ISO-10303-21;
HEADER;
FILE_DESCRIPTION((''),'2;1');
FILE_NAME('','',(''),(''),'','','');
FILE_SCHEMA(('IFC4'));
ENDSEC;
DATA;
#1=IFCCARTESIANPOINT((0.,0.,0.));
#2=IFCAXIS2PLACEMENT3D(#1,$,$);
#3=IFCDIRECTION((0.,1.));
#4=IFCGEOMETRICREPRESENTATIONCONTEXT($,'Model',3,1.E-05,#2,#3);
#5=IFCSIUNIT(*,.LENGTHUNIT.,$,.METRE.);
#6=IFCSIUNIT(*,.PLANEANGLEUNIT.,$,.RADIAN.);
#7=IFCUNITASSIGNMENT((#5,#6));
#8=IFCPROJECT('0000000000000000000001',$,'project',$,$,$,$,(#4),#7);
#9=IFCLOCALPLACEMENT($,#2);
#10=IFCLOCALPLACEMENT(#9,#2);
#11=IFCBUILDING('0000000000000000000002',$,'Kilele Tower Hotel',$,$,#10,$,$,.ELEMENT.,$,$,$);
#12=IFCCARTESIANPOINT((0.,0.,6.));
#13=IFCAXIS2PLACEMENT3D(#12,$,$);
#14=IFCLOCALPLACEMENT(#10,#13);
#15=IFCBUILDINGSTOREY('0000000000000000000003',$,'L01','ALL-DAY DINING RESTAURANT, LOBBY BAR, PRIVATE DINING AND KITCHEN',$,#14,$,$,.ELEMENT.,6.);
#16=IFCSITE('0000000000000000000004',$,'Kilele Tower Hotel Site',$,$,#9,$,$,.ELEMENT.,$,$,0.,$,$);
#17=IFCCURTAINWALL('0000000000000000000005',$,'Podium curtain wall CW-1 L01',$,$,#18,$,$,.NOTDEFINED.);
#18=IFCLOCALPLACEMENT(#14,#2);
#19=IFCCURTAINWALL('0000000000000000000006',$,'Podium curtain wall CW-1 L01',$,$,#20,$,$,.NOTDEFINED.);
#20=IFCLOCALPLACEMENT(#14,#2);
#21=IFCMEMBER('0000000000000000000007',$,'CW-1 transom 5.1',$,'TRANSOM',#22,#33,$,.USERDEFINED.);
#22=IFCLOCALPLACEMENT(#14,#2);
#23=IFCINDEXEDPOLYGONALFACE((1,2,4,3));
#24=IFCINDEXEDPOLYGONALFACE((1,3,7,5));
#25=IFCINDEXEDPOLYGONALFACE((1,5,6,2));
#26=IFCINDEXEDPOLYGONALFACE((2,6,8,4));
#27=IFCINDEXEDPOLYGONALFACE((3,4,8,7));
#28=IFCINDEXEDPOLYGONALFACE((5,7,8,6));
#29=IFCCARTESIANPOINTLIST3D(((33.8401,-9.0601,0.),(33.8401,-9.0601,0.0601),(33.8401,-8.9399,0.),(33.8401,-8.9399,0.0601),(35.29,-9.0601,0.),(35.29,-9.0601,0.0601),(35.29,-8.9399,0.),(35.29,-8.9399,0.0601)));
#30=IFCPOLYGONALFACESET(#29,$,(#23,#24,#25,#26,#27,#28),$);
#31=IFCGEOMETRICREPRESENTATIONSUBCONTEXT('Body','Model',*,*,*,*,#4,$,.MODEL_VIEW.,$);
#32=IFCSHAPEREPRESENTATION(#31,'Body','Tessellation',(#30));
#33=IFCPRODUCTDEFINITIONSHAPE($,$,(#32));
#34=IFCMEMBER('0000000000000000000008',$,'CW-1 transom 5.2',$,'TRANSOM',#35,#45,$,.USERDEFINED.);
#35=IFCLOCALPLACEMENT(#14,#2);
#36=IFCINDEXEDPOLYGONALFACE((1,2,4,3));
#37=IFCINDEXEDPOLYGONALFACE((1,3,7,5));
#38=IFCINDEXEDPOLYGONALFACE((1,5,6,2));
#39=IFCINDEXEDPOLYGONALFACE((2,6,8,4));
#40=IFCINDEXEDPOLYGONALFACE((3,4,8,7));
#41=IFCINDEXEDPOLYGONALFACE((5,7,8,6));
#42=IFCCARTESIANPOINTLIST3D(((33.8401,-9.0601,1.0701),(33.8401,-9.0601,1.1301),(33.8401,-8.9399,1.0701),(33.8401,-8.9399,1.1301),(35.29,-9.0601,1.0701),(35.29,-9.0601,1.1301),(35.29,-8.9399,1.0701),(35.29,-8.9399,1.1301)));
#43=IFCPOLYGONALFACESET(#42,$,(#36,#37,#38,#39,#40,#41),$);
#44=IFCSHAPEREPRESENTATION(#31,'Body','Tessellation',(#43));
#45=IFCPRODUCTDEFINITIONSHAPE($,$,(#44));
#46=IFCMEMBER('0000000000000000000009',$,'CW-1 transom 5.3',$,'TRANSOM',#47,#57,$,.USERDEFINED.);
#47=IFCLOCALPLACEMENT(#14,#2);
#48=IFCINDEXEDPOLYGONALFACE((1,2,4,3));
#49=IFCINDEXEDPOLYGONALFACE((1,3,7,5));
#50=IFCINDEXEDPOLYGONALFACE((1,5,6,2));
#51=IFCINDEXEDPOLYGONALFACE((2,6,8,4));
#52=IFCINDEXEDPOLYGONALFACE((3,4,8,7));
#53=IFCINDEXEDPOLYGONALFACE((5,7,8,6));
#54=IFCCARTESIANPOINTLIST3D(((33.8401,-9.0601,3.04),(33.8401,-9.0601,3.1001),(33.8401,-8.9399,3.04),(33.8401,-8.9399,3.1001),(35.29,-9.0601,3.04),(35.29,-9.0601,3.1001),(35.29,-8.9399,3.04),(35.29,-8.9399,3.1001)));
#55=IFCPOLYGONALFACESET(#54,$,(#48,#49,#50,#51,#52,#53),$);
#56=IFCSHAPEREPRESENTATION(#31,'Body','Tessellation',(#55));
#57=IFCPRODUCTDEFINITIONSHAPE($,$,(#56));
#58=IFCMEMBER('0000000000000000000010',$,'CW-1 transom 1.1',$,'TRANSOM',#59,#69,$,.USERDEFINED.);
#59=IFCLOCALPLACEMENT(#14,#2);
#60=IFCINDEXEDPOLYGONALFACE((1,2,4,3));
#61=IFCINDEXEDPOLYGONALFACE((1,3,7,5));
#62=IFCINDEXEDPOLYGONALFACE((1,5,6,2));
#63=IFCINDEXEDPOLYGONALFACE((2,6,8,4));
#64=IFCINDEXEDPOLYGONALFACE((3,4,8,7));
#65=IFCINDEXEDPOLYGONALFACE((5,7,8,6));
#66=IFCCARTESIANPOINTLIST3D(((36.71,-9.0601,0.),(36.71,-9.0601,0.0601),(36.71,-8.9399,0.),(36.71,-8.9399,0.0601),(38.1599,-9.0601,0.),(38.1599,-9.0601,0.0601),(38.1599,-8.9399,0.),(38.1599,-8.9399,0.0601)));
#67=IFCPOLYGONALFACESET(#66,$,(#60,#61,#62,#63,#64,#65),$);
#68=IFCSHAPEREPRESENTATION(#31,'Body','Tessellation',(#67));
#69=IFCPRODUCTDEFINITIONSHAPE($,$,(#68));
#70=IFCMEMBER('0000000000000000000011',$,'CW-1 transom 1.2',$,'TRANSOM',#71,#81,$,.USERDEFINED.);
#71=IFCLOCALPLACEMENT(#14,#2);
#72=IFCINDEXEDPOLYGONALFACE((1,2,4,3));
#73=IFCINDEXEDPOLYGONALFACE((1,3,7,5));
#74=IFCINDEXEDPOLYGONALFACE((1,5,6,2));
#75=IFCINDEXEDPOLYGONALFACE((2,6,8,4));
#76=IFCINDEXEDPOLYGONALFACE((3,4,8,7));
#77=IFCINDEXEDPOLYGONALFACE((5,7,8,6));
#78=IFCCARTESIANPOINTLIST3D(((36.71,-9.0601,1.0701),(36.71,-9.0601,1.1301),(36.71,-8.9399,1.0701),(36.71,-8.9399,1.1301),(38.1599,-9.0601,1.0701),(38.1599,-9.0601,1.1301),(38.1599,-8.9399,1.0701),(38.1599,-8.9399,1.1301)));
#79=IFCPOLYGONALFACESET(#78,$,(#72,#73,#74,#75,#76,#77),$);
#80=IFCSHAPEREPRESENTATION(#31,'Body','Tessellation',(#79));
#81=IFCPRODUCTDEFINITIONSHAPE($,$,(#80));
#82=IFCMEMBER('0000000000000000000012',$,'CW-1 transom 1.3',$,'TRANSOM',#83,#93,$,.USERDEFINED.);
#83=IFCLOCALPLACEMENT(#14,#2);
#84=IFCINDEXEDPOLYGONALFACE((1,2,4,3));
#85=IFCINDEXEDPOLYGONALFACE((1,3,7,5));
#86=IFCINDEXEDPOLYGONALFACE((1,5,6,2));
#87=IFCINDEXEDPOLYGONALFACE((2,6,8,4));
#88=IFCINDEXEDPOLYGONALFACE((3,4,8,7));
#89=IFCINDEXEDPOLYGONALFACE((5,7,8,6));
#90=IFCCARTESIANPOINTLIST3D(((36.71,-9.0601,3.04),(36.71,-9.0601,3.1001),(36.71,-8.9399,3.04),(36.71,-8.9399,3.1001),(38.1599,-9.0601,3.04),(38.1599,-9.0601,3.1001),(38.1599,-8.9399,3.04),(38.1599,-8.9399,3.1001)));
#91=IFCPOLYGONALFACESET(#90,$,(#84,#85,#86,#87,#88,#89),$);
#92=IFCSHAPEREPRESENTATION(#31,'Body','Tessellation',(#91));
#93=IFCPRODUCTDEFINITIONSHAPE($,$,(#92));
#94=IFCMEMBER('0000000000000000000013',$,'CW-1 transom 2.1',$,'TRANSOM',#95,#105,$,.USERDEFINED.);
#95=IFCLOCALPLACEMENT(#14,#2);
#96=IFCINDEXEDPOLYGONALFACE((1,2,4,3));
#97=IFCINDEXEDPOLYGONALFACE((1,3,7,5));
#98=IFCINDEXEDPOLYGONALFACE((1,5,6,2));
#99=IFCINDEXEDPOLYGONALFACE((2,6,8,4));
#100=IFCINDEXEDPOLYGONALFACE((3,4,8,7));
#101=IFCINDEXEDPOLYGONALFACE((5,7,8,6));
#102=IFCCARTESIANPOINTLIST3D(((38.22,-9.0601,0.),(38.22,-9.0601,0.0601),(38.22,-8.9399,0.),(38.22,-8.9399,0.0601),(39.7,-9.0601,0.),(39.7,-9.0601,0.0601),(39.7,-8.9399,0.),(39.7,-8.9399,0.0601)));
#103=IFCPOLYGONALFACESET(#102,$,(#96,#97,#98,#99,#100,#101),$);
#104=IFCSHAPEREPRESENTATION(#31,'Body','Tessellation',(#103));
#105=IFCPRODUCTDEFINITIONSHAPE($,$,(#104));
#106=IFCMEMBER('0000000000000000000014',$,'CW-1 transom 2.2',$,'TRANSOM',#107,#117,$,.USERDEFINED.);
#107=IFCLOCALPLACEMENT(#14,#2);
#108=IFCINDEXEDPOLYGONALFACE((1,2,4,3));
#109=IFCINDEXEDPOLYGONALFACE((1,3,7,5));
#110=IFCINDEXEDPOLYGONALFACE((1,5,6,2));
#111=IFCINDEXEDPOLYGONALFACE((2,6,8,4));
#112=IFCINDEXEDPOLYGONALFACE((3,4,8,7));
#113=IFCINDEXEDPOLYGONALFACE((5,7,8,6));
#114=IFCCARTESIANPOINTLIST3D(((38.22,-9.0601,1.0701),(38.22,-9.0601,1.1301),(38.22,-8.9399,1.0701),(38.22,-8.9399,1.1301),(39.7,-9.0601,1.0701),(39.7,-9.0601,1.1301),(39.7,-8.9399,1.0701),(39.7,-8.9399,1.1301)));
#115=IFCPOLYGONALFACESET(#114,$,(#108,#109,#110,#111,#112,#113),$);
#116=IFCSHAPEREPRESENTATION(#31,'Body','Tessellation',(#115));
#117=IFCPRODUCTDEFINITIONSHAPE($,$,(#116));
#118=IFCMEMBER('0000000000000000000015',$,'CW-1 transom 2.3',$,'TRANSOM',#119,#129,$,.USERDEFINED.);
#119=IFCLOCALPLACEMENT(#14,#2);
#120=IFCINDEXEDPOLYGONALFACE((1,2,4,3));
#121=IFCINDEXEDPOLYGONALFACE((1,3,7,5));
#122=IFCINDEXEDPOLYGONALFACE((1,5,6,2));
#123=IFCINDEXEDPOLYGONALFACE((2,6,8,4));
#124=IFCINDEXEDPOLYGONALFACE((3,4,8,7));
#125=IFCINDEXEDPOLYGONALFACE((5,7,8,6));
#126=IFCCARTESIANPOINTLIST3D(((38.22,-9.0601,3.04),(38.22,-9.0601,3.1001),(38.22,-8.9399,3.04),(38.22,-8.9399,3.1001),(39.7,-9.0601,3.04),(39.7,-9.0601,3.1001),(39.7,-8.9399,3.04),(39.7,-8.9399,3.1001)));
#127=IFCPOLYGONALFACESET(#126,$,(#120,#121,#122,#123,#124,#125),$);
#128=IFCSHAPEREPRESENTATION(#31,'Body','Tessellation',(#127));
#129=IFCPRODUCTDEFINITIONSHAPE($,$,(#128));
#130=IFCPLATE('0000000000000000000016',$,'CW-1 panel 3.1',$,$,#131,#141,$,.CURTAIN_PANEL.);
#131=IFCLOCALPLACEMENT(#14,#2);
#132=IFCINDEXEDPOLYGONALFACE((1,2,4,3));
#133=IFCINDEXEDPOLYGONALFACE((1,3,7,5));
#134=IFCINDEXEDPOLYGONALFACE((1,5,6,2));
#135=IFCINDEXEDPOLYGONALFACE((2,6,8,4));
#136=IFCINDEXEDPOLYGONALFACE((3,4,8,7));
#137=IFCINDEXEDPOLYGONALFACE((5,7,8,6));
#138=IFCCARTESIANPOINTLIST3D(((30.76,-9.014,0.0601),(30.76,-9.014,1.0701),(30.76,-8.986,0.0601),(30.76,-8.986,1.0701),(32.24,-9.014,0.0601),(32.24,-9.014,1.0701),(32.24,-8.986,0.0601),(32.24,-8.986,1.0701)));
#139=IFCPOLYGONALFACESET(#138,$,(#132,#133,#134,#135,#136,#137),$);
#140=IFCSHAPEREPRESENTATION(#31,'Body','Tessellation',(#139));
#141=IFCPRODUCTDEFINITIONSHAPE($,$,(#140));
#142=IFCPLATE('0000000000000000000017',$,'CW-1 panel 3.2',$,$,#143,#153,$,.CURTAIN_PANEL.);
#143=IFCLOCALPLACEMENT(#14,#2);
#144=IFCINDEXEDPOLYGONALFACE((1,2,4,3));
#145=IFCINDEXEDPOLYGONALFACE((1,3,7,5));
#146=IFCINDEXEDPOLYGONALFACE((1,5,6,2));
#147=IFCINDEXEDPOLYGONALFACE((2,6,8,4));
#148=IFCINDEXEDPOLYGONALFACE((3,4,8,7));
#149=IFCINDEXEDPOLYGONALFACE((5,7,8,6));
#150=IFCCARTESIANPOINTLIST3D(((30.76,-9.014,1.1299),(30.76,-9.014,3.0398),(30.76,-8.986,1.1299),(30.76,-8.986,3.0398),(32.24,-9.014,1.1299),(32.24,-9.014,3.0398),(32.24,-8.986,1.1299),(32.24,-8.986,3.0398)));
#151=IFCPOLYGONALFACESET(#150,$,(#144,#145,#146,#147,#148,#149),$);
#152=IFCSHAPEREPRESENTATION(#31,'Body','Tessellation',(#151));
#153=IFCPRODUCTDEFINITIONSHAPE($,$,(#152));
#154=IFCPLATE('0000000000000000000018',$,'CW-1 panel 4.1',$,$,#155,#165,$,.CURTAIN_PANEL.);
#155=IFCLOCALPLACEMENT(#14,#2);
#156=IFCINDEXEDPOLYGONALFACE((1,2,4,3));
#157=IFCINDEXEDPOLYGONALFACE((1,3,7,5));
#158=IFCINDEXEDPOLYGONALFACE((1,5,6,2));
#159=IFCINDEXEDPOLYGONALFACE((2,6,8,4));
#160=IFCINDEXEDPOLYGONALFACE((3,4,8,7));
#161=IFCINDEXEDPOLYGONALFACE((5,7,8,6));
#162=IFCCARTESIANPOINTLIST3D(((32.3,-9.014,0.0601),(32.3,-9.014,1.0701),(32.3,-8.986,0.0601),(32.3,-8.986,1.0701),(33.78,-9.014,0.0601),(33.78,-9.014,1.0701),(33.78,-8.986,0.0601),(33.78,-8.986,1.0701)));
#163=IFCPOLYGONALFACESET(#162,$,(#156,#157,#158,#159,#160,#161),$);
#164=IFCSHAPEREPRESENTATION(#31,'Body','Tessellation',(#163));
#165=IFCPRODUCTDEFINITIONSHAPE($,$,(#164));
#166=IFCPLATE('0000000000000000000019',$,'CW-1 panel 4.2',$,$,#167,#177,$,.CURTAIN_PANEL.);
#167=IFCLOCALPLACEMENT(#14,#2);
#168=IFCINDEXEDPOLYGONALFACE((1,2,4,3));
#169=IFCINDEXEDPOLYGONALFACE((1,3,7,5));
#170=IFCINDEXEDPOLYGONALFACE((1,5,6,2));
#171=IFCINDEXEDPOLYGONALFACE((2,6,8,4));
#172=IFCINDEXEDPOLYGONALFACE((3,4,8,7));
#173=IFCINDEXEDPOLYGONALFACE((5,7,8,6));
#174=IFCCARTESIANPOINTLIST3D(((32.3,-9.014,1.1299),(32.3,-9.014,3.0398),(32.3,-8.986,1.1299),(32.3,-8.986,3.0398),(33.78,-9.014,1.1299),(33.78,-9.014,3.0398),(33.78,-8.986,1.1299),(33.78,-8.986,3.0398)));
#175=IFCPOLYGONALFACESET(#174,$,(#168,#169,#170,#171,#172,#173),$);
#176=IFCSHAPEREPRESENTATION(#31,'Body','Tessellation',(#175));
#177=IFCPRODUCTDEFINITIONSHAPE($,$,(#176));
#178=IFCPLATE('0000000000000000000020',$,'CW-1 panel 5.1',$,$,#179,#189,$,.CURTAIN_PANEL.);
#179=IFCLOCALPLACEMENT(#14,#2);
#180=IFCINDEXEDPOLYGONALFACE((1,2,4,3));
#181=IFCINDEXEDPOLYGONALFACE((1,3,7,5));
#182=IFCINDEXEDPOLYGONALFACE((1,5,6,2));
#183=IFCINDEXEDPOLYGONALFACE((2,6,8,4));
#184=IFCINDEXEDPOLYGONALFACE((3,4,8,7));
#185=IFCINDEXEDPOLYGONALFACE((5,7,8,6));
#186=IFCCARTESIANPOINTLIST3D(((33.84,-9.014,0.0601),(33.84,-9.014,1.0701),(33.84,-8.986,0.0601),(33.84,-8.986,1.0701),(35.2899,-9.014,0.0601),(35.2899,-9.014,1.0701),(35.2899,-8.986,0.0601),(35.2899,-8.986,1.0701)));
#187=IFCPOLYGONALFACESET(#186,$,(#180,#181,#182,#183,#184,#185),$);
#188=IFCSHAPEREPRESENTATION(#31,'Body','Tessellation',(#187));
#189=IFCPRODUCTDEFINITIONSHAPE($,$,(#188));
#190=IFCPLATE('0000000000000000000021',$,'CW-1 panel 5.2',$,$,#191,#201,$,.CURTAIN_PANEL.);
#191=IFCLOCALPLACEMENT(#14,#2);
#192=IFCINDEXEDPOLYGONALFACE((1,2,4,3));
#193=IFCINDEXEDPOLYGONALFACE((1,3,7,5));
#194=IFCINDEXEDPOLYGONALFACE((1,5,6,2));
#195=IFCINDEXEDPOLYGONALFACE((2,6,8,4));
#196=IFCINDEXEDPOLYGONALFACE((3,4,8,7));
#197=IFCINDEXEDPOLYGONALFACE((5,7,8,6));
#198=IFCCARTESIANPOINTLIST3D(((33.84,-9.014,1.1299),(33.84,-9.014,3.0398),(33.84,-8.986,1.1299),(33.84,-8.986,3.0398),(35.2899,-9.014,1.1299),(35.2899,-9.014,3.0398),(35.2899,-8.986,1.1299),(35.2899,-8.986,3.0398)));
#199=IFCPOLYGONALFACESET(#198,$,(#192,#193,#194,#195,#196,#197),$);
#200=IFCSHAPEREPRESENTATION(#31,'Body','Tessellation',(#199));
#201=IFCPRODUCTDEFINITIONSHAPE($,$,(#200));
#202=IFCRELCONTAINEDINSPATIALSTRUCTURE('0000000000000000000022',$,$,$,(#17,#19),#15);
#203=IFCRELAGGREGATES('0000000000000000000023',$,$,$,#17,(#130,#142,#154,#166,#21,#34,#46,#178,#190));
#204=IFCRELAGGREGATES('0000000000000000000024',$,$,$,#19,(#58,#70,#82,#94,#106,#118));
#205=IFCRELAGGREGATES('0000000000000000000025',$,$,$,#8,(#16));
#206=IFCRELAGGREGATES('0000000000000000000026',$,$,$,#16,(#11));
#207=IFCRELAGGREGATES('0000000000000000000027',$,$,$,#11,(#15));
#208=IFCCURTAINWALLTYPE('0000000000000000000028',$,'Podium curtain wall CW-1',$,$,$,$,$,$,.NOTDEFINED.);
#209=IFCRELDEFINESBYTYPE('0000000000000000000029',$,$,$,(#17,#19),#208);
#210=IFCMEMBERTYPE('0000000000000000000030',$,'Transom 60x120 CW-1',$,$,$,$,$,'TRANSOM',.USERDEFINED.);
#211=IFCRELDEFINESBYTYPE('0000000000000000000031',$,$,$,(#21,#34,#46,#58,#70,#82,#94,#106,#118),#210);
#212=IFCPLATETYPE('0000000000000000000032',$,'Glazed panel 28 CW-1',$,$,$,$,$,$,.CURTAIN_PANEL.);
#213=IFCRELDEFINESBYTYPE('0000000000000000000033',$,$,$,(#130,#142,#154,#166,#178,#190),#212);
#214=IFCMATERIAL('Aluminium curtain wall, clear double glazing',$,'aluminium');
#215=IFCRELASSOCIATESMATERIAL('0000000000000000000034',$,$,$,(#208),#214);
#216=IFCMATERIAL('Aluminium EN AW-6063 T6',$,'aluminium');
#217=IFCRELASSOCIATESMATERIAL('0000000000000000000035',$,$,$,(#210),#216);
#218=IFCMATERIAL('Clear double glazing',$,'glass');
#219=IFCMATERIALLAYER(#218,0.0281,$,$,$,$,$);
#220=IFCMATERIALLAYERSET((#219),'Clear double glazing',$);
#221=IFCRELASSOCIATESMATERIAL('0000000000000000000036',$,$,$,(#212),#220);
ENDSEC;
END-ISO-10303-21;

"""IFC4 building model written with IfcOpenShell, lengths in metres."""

from ifc_helpers import new_model, si_unit, direction, frame, origin, origin_2d, place, context, subcontext, project, spatial, rectangle, extrude, material, layer, layer_set, material_profile, profile_set, type_object, element, aggregate, save


model = new_model("IFC4")

# Units and contexts
model_context = context("Model", 3, precision=1e-05, world=origin(), true_north=direction((0.0, 1.0)))
body_context = subcontext(model_context, "Body", "Model", "MODEL_VIEW")
ifc_project = project(units=[si_unit("LENGTHUNIT", "METRE"), si_unit("PLANEANGLEUNIT", "RADIAN")], contexts=[model_context])

# Site, building, storey
site_placement = place(None, origin())
site = spatial("IfcSite", under=ifc_project, at=site_placement, Name="Kilele Tower Hotel Site", CompositionType="ELEMENT", RefElevation=0.0)
building_placement = place(site_placement, origin())
building = spatial("IfcBuilding", under=site, at=building_placement, Name="Kilele Tower Hotel", CompositionType="ELEMENT")
storey_placement = place(building_placement, frame((0.0, 0.0, 6.0)))
storey = spatial("IfcBuildingStorey", under=building, at=storey_placement, Name="L01", Description="ALL-DAY DINING RESTAURANT, LOBBY BAR, PRIVATE DINING AND KITCHEN", CompositionType="ELEMENT", Elevation=6.0)

# Curtain walls
ifc_material_1 = material(Name="Aluminium curtain wall, clear double glazing", Category="aluminium")
curtain_wall_type = type_object("IfcCurtainWallType", Name="Podium curtain wall CW-1", PredefinedType="NOTDEFINED", material=ifc_material_1)
curtain_wall_1_placement = place(storey_placement, origin())
curtain_wall_1 = element("IfcCurtainWall", 1, at=curtain_wall_1_placement, inside=storey, type_object=curtain_wall_type, Name="Podium curtain wall CW-1 L01", PredefinedType="NOTDEFINED")
curtain_wall_2_placement = place(storey_placement, origin())
curtain_wall_2 = element("IfcCurtainWall", 2, at=curtain_wall_2_placement, inside=storey, type_object=curtain_wall_type, Name="Podium curtain wall CW-1 L01", PredefinedType="NOTDEFINED")

# Members
ifc_material_2 = material(Name="Aluminium EN AW-6063 T6", Category="aluminium")
ifc_material_profile_1 = material_profile(ifc_material_2, rectangle(XDim=0.1201, YDim=0.0601, at=origin_2d()))
ifc_profile_set_1 = profile_set([ifc_material_profile_1], Name="Aluminium EN AW-6063 T6")
member_type_1 = type_object("IfcMemberType", Name="Transom 60x120 CW-1", ElementType="TRANSOM", PredefinedType="USERDEFINED", material=ifc_profile_set_1)
member_1_placement = place(storey_placement, frame((33.8401, -9.0, 0.03), z_axis=(1.0, 0.0, 0.0), x_axis=(0.0, 1.0, 0.0)))
member_1 = element("IfcMember", 3, at=member_1_placement, type_object=member_type_1, Name="CW-1 transom 5.1", ObjectType="TRANSOM", PredefinedType="USERDEFINED", context=body_context, shape_type="SweptSolid", body=[
    extrude(rectangle(XDim=0.1201, YDim=0.0601, at=origin_2d()), origin(), (0.0, 0.0, 1.0), 1.45),
])
member_2_placement = place(storey_placement, frame((33.8401, -9.0, 1.1001), z_axis=(1.0, 0.0, 0.0), x_axis=(0.0, 1.0, 0.0)))
member_2 = element("IfcMember", 4, at=member_2_placement, type_object=member_type_1, Name="CW-1 transom 5.2", ObjectType="TRANSOM", PredefinedType="USERDEFINED", context=body_context, shape_type="SweptSolid", body=[
    extrude(rectangle(XDim=0.1201, YDim=0.0601, at=origin_2d()), origin(), (0.0, 0.0, 1.0), 1.45),
])
member_3_placement = place(storey_placement, frame((33.8401, -9.0, 3.0701), z_axis=(1.0, 0.0, 0.0), x_axis=(0.0, 1.0, 0.0)))
member_3 = element("IfcMember", 5, at=member_3_placement, type_object=member_type_1, Name="CW-1 transom 5.3", ObjectType="TRANSOM", PredefinedType="USERDEFINED", context=body_context, shape_type="SweptSolid", body=[
    extrude(rectangle(XDim=0.1201, YDim=0.0601, at=origin_2d()), origin(), (0.0, 0.0, 1.0), 1.45),
])
member_4_placement = place(storey_placement, frame((36.71, -9.0, 0.03), z_axis=(1.0, 0.0, 0.0), x_axis=(0.0, 1.0, 0.0)))
member_4 = element("IfcMember", 6, at=member_4_placement, type_object=member_type_1, Name="CW-1 transom 1.1", ObjectType="TRANSOM", PredefinedType="USERDEFINED", context=body_context, shape_type="SweptSolid", body=[
    extrude(rectangle(XDim=0.1201, YDim=0.0601, at=origin_2d()), origin(), (0.0, 0.0, 1.0), 1.45),
])
member_5_placement = place(storey_placement, frame((36.71, -9.0, 1.1001), z_axis=(1.0, 0.0, 0.0), x_axis=(0.0, 1.0, 0.0)))
member_5 = element("IfcMember", 7, at=member_5_placement, type_object=member_type_1, Name="CW-1 transom 1.2", ObjectType="TRANSOM", PredefinedType="USERDEFINED", context=body_context, shape_type="SweptSolid", body=[
    extrude(rectangle(XDim=0.1201, YDim=0.0601, at=origin_2d()), origin(), (0.0, 0.0, 1.0), 1.45),
])
member_6_placement = place(storey_placement, frame((36.71, -9.0, 3.0701), z_axis=(1.0, 0.0, 0.0), x_axis=(0.0, 1.0, 0.0)))
member_6 = element("IfcMember", 8, at=member_6_placement, type_object=member_type_1, Name="CW-1 transom 1.3", ObjectType="TRANSOM", PredefinedType="USERDEFINED", context=body_context, shape_type="SweptSolid", body=[
    extrude(rectangle(XDim=0.1201, YDim=0.0601, at=origin_2d()), origin(), (0.0, 0.0, 1.0), 1.45),
])
member_7_placement = place(storey_placement, frame((38.22, -9.0, 0.03), z_axis=(1.0, 0.0, 0.0), x_axis=(0.0, 1.0, 0.0)))
member_7 = element("IfcMember", 9, at=member_7_placement, type_object=member_type_1, Name="CW-1 transom 2.1", ObjectType="TRANSOM", PredefinedType="USERDEFINED", context=body_context, shape_type="SweptSolid", body=[
    extrude(rectangle(XDim=0.1201, YDim=0.0601, at=origin_2d()), origin(), (0.0, 0.0, 1.0), 1.48),
])
member_8_placement = place(storey_placement, frame((38.22, -9.0, 1.1001), z_axis=(1.0, 0.0, 0.0), x_axis=(0.0, 1.0, 0.0)))
member_8 = element("IfcMember", 10, at=member_8_placement, type_object=member_type_1, Name="CW-1 transom 2.2", ObjectType="TRANSOM", PredefinedType="USERDEFINED", context=body_context, shape_type="SweptSolid", body=[
    extrude(rectangle(XDim=0.1201, YDim=0.0601, at=origin_2d()), origin(), (0.0, 0.0, 1.0), 1.48),
])
member_9_placement = place(storey_placement, frame((38.22, -9.0, 3.0701), z_axis=(1.0, 0.0, 0.0), x_axis=(0.0, 1.0, 0.0)))
member_9 = element("IfcMember", 11, at=member_9_placement, type_object=member_type_1, Name="CW-1 transom 2.3", ObjectType="TRANSOM", PredefinedType="USERDEFINED", context=body_context, shape_type="SweptSolid", body=[
    extrude(rectangle(XDim=0.1201, YDim=0.0601, at=origin_2d()), origin(), (0.0, 0.0, 1.0), 1.48),
])

# Plates
ifc_material_3 = material(Name="Clear double glazing", Category="glass")
ifc_layer = layer(ifc_material_3, 0.0281)
ifc_layer_set = layer_set([ifc_layer], Name="Clear double glazing")
plate_type = type_object("IfcPlateType", Name="Glazed panel 28 CW-1", PredefinedType="CURTAIN_PANEL", material=ifc_layer_set)
plate_1_placement = place(storey_placement, frame((31.5, -9.0, 0.0601), z_axis=(0.0, 0.0, 1.0), x_axis=(1.0, 0.0, 0.0)))
plate_1 = element("IfcPlate", 12, at=plate_1_placement, type_object=plate_type, Name="CW-1 panel 3.1", PredefinedType="CURTAIN_PANEL", context=body_context, shape_type="SweptSolid", body=[
    extrude(rectangle(XDim=1.48, YDim=0.0281, at=origin_2d()), origin(), (0.0, 0.0, 1.0), 1.01),
])
plate_2_placement = place(storey_placement, frame((31.5, -9.0, 1.1299), z_axis=(0.0, 0.0, 1.0), x_axis=(1.0, 0.0, 0.0)))
plate_2 = element("IfcPlate", 13, at=plate_2_placement, type_object=plate_type, Name="CW-1 panel 3.2", PredefinedType="CURTAIN_PANEL", context=body_context, shape_type="SweptSolid", body=[
    extrude(rectangle(XDim=1.48, YDim=0.0281, at=origin_2d()), origin(), (0.0, 0.0, 1.0), 1.9099),
])
plate_3_placement = place(storey_placement, frame((33.04, -9.0, 0.0601), z_axis=(0.0, 0.0, 1.0), x_axis=(1.0, 0.0, 0.0)))
plate_3 = element("IfcPlate", 14, at=plate_3_placement, type_object=plate_type, Name="CW-1 panel 4.1", PredefinedType="CURTAIN_PANEL", context=body_context, shape_type="SweptSolid", body=[
    extrude(rectangle(XDim=1.48, YDim=0.0281, at=origin_2d()), origin(), (0.0, 0.0, 1.0), 1.01),
])
plate_4_placement = place(storey_placement, frame((33.04, -9.0, 1.1299), z_axis=(0.0, 0.0, 1.0), x_axis=(1.0, 0.0, 0.0)))
plate_4 = element("IfcPlate", 15, at=plate_4_placement, type_object=plate_type, Name="CW-1 panel 4.2", PredefinedType="CURTAIN_PANEL", context=body_context, shape_type="SweptSolid", body=[
    extrude(rectangle(XDim=1.48, YDim=0.0281, at=origin_2d()), origin(), (0.0, 0.0, 1.0), 1.9099),
])
plate_5_placement = place(storey_placement, frame((34.5649, -9.0, 0.0601), z_axis=(0.0, 0.0, 1.0), x_axis=(1.0, 0.0, 0.0)))
plate_5 = element("IfcPlate", 16, at=plate_5_placement, type_object=plate_type, Name="CW-1 panel 5.1", PredefinedType="CURTAIN_PANEL", context=body_context, shape_type="SweptSolid", body=[
    extrude(rectangle(XDim=1.45, YDim=0.0281, at=origin_2d()), origin(), (0.0, 0.0, 1.0), 1.01),
])
plate_6_placement = place(storey_placement, frame((34.5649, -9.0, 1.1299), z_axis=(0.0, 0.0, 1.0), x_axis=(1.0, 0.0, 0.0)))
plate_6 = element("IfcPlate", 17, at=plate_6_placement, type_object=plate_type, Name="CW-1 panel 5.2", PredefinedType="CURTAIN_PANEL", context=body_context, shape_type="SweptSolid", body=[
    extrude(rectangle(XDim=1.45, YDim=0.0281, at=origin_2d()), origin(), (0.0, 0.0, 1.0), 1.9099),
])
aggregate(curtain_wall_1, [plate_1, plate_2, plate_3, plate_4, member_1, member_2, member_3, plate_5, plate_6])
aggregate(curtain_wall_2, [member_4, member_5, member_6, member_7, member_8, member_9])

save(model, "model.ifc")
